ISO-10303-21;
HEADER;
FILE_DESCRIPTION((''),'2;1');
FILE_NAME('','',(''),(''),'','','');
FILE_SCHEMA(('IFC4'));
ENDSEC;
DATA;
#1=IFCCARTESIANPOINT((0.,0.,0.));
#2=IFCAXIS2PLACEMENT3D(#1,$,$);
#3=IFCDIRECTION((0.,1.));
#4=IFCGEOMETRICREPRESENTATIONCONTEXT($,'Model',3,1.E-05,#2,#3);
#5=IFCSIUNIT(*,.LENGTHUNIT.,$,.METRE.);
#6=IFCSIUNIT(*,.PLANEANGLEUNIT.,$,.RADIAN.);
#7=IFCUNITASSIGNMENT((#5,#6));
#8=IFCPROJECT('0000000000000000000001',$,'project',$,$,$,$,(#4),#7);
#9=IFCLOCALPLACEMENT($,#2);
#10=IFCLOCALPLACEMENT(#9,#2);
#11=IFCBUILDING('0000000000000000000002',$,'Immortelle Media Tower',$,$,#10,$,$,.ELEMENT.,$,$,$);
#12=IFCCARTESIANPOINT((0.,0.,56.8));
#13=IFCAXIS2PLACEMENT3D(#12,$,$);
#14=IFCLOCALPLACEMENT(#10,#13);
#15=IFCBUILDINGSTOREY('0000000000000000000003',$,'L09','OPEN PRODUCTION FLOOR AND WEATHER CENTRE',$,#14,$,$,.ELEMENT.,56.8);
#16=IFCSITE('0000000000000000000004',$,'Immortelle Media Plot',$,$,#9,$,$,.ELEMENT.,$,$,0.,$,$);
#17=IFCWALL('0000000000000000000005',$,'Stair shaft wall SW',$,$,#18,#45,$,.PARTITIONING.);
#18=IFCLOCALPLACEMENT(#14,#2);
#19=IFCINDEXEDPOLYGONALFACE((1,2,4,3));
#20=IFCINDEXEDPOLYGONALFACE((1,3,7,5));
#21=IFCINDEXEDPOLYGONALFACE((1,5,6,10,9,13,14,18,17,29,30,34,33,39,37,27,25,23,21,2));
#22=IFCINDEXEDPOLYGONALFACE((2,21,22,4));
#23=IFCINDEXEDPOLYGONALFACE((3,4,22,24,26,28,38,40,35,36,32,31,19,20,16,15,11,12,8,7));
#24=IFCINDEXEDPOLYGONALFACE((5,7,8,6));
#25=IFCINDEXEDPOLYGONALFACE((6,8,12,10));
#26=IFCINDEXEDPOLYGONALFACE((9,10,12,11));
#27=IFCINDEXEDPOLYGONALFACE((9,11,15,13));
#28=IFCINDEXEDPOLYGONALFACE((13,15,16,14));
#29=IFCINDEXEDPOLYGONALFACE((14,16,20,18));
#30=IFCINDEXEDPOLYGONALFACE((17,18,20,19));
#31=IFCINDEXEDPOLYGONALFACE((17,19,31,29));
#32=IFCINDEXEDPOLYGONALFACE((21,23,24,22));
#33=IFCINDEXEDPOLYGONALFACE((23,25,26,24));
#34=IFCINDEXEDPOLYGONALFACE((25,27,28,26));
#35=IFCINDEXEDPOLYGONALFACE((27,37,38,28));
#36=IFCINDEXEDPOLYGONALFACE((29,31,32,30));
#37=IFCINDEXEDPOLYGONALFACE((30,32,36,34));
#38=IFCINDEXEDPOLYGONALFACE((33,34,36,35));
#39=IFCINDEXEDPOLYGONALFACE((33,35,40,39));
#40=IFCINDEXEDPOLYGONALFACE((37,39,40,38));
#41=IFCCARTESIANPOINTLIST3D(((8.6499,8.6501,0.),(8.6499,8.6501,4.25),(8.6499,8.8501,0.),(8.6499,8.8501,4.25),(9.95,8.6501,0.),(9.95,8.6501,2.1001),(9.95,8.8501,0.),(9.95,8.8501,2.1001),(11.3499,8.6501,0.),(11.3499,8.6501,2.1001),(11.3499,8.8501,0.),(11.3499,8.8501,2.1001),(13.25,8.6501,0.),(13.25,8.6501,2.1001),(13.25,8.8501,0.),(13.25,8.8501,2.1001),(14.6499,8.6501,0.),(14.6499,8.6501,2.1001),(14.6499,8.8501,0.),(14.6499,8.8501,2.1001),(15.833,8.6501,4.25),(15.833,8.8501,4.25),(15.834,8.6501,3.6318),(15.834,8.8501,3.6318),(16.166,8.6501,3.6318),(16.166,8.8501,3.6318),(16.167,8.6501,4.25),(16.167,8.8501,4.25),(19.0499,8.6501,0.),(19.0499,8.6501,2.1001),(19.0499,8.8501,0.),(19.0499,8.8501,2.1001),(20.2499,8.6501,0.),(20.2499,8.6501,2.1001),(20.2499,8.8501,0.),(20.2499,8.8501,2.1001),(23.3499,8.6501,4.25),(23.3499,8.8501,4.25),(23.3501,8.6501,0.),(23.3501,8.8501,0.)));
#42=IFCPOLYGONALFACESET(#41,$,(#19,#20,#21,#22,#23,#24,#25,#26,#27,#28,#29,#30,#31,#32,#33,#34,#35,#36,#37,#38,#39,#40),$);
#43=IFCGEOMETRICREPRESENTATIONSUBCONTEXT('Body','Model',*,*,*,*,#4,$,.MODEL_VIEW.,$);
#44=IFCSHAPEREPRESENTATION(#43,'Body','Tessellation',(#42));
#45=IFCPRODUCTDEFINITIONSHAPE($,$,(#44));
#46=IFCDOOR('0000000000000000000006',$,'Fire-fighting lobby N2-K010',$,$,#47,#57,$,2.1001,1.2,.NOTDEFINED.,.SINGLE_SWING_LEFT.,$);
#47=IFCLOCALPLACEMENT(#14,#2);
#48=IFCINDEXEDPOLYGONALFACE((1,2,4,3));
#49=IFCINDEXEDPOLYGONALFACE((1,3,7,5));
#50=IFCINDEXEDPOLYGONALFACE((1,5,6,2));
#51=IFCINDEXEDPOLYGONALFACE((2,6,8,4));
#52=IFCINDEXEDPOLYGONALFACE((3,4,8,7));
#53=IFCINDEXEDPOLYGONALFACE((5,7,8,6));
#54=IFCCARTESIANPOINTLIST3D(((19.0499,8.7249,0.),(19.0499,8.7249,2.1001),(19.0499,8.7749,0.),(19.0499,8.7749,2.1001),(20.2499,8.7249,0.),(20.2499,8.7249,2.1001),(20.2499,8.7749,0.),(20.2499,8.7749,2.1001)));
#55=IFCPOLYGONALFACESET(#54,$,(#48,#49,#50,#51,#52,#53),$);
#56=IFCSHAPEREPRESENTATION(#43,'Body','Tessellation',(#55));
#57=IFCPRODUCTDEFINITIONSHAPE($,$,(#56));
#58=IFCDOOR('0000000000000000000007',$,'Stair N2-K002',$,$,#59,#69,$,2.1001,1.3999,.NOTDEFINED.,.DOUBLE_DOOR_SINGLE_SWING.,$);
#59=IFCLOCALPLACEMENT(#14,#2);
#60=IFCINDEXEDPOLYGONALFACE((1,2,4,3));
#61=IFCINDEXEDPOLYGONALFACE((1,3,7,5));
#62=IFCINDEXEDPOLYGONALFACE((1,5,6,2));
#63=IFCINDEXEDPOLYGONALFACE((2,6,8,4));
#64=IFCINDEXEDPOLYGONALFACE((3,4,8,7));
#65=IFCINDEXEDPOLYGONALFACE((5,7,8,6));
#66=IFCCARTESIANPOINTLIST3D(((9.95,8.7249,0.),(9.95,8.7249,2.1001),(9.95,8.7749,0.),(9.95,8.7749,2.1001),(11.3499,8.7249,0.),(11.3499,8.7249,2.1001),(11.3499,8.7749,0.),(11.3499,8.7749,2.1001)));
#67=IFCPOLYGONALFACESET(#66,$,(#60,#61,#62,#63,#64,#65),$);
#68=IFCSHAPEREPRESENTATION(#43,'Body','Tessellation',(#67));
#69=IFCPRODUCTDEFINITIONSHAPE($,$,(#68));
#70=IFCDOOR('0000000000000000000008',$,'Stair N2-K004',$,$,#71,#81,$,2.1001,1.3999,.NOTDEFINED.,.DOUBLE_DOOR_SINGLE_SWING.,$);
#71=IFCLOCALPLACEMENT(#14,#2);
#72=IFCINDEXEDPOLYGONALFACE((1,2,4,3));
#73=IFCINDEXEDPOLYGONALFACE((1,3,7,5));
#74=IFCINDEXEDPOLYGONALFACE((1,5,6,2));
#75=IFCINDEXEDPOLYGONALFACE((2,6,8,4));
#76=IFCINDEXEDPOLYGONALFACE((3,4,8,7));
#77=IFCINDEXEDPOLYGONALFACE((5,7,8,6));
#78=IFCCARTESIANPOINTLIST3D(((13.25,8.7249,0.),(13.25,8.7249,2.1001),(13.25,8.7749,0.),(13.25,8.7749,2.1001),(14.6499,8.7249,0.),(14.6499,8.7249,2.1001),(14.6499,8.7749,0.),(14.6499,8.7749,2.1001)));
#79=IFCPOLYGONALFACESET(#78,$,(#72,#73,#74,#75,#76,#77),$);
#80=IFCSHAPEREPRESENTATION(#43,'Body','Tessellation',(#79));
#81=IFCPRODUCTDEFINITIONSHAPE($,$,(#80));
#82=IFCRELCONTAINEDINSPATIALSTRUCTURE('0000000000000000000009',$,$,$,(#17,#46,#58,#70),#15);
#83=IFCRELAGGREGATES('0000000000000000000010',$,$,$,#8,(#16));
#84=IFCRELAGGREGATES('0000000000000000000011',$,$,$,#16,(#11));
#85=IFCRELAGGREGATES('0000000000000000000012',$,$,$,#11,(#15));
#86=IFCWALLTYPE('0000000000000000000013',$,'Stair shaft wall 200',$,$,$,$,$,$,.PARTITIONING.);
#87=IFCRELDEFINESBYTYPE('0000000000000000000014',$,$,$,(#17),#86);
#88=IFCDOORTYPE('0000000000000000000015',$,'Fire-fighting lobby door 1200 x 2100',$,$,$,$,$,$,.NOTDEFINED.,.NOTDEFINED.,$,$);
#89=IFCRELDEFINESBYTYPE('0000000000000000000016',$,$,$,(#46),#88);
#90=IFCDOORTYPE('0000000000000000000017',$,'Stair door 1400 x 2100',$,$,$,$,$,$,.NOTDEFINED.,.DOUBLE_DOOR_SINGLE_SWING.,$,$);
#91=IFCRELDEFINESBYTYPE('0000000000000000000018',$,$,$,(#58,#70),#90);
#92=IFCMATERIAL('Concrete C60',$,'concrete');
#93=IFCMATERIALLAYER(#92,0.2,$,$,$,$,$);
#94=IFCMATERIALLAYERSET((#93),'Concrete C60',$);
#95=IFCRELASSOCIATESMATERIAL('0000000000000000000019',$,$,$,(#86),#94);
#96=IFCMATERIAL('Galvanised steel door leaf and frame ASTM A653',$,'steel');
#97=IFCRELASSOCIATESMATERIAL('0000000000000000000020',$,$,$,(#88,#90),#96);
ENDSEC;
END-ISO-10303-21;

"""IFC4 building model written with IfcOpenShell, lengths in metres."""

from ifc_helpers import new_model, si_unit, direction, frame, frame_2d, origin, place, context, subcontext, project, spatial, polyline, rectangle, outline, extrude, material, layer, layer_set, type_object, element, fill, save


model = new_model("IFC4")

# Units and contexts
model_context = context("Model", 3, precision=1e-05, world=origin(), true_north=direction((0.0, 1.0)))
body_context = subcontext(model_context, "Body", "Model", "MODEL_VIEW")
ifc_project = project(units=[si_unit("LENGTHUNIT", "METRE"), si_unit("PLANEANGLEUNIT", "RADIAN")], contexts=[model_context])

# Site, building, storey
site_placement = place(None, origin())
site = spatial("IfcSite", under=ifc_project, at=site_placement, Name="Immortelle Media Plot", CompositionType="ELEMENT", RefElevation=0.0)
building_placement = place(site_placement, origin())
building = spatial("IfcBuilding", under=site, at=building_placement, Name="Immortelle Media Tower", CompositionType="ELEMENT")
storey_placement = place(building_placement, frame((0.0, 0.0, 56.8)))
storey = spatial("IfcBuildingStorey", under=building, at=storey_placement, Name="L09", Description="OPEN PRODUCTION FLOOR AND WEATHER CENTRE", CompositionType="ELEMENT", Elevation=56.8)

# Wall, openings, doors
ifc_material_1 = material(Name="Concrete C60", Category="concrete")
ifc_layer_1 = layer(ifc_material_1, 0.2)
ifc_layer_set_1 = layer_set([ifc_layer_1], Name="Concrete C60")
wall_type_1 = type_object("IfcWallType", Name="Stair shaft wall 200", PredefinedType="PARTITIONING", material=ifc_layer_set_1)
wall_1_placement = place(storey_placement, frame((8.6499, 8.75, 0.0), z_axis=(0.0, 0.0, 1.0), x_axis=(1.0, 0.0, 0.0)))
wall_1 = element("IfcWall", 1, at=wall_1_placement, inside=storey, type_object=wall_type_1, Name="Stair shaft wall SW", PredefinedType="PARTITIONING", context=body_context, shape_type="SweptSolid", body=[
    extrude(outline(polyline([(0.0, 0.0), (14.7002, 0.0), (14.7, 4.25), (7.5171, 4.25), (7.5161, 3.6318), (7.1841, 3.6318), (7.1831, 4.25), (0.0, 4.25), (0.0, 0.0)])), frame((0.0, 0.1001, 0.0), z_axis=(0.0, -1.0, 0.0), x_axis=(1.0, 0.0, 0.0)), (0.0, 0.0, 1.0), 0.2),
])
opening_1_placement = place(wall_1_placement, frame((1.3, 0.0, 0.0)))
opening_1 = element("IfcOpeningElement", 2, at=opening_1_placement, cuts=wall_1, PredefinedType="OPENING", context=body_context, shape_type="SweptSolid", body=[
    extrude(rectangle(XDim=1.3999, YDim=2.1001, at=frame_2d((0.7, 1.05))), frame((0.0, 0.1099, 0.0), z_axis=(0.0, -1.0, 0.0), x_axis=(1.0, 0.0, 0.0)), (0.0, 0.0, 1.0), 0.22),
])
opening_2_placement = place(wall_1_placement, frame((4.6001, 0.0, 0.0)))
opening_2 = element("IfcOpeningElement", 3, at=opening_2_placement, cuts=wall_1, PredefinedType="OPENING", context=body_context, shape_type="SweptSolid", body=[
    extrude(rectangle(XDim=1.3999, YDim=2.1001, at=frame_2d((0.7, 1.05))), frame((0.0, 0.1099, 0.0), z_axis=(0.0, -1.0, 0.0), x_axis=(1.0, 0.0, 0.0)), (0.0, 0.0, 1.0), 0.22),
])
opening_3_placement = place(wall_1_placement, frame((10.3999, 0.0, 0.0)))
opening_3 = element("IfcOpeningElement", 4, at=opening_3_placement, cuts=wall_1, PredefinedType="OPENING", context=body_context, shape_type="SweptSolid", body=[
    extrude(rectangle(XDim=1.2, YDim=2.1001, at=frame_2d((0.6001, 1.05))), frame((0.0, 0.1099, 0.0), z_axis=(0.0, -1.0, 0.0), x_axis=(1.0, 0.0, 0.0)), (0.0, 0.0, 1.0), 0.22),
])
ifc_material_2 = material(Name="Galvanised steel door leaf and frame ASTM A653", Category="steel")
door_type_1 = type_object("IfcDoorType", Name="Fire-fighting lobby door 1200 x 2100", OperationType="NOTDEFINED", PredefinedType="NOTDEFINED", material=ifc_material_2)
door_1_placement = place(opening_3_placement, origin())
door_1 = element("IfcDoor", 5, at=door_1_placement, inside=storey, type_object=door_type_1, Name="Fire-fighting lobby N2-K010", OperationType="SINGLE_SWING_LEFT", OverallHeight=2.1001, OverallWidth=1.2, PredefinedType="NOTDEFINED", context=body_context, shape_type="SweptSolid", body=[
    extrude(rectangle(XDim=1.2, YDim=2.1001, at=frame_2d((0.6001, 1.05))), frame((0.0, 0.0249, 0.0), z_axis=(0.0, -1.0, 0.0), x_axis=(1.0, 0.0, 0.0)), (0.0, 0.0, 1.0), 0.05),
])
fill(opening_3, door_1)
door_type_2 = type_object("IfcDoorType", Name="Stair door 1400 x 2100", OperationType="DOUBLE_DOOR_SINGLE_SWING", PredefinedType="NOTDEFINED", material=ifc_material_2)
door_2_placement = place(opening_1_placement, origin())
door_2 = element("IfcDoor", 6, at=door_2_placement, inside=storey, type_object=door_type_2, Name="Stair N2-K002", OperationType="DOUBLE_DOOR_SINGLE_SWING", OverallHeight=2.1001, OverallWidth=1.3999, PredefinedType="NOTDEFINED", context=body_context, shape_type="SweptSolid", body=[
    extrude(rectangle(XDim=1.3999, YDim=2.1001, at=frame_2d((0.7, 1.05))), frame((0.0, 0.0249, 0.0), z_axis=(0.0, -1.0, 0.0), x_axis=(1.0, 0.0, 0.0)), (0.0, 0.0, 1.0), 0.05),
])
fill(opening_1, door_2)
door_3_placement = place(opening_2_placement, origin())
door_3 = element("IfcDoor", 7, at=door_3_placement, inside=storey, type_object=door_type_2, Name="Stair N2-K004", OperationType="DOUBLE_DOOR_SINGLE_SWING", OverallHeight=2.1001, OverallWidth=1.3999, PredefinedType="NOTDEFINED", context=body_context, shape_type="SweptSolid", body=[
    extrude(rectangle(XDim=1.3999, YDim=2.1001, at=frame_2d((0.7, 1.05))), frame((0.0, 0.0249, 0.0), z_axis=(0.0, -1.0, 0.0), x_axis=(1.0, 0.0, 0.0)), (0.0, 0.0, 1.0), 0.05),
])
fill(opening_2, door_3)

save(model, "model.ifc")
